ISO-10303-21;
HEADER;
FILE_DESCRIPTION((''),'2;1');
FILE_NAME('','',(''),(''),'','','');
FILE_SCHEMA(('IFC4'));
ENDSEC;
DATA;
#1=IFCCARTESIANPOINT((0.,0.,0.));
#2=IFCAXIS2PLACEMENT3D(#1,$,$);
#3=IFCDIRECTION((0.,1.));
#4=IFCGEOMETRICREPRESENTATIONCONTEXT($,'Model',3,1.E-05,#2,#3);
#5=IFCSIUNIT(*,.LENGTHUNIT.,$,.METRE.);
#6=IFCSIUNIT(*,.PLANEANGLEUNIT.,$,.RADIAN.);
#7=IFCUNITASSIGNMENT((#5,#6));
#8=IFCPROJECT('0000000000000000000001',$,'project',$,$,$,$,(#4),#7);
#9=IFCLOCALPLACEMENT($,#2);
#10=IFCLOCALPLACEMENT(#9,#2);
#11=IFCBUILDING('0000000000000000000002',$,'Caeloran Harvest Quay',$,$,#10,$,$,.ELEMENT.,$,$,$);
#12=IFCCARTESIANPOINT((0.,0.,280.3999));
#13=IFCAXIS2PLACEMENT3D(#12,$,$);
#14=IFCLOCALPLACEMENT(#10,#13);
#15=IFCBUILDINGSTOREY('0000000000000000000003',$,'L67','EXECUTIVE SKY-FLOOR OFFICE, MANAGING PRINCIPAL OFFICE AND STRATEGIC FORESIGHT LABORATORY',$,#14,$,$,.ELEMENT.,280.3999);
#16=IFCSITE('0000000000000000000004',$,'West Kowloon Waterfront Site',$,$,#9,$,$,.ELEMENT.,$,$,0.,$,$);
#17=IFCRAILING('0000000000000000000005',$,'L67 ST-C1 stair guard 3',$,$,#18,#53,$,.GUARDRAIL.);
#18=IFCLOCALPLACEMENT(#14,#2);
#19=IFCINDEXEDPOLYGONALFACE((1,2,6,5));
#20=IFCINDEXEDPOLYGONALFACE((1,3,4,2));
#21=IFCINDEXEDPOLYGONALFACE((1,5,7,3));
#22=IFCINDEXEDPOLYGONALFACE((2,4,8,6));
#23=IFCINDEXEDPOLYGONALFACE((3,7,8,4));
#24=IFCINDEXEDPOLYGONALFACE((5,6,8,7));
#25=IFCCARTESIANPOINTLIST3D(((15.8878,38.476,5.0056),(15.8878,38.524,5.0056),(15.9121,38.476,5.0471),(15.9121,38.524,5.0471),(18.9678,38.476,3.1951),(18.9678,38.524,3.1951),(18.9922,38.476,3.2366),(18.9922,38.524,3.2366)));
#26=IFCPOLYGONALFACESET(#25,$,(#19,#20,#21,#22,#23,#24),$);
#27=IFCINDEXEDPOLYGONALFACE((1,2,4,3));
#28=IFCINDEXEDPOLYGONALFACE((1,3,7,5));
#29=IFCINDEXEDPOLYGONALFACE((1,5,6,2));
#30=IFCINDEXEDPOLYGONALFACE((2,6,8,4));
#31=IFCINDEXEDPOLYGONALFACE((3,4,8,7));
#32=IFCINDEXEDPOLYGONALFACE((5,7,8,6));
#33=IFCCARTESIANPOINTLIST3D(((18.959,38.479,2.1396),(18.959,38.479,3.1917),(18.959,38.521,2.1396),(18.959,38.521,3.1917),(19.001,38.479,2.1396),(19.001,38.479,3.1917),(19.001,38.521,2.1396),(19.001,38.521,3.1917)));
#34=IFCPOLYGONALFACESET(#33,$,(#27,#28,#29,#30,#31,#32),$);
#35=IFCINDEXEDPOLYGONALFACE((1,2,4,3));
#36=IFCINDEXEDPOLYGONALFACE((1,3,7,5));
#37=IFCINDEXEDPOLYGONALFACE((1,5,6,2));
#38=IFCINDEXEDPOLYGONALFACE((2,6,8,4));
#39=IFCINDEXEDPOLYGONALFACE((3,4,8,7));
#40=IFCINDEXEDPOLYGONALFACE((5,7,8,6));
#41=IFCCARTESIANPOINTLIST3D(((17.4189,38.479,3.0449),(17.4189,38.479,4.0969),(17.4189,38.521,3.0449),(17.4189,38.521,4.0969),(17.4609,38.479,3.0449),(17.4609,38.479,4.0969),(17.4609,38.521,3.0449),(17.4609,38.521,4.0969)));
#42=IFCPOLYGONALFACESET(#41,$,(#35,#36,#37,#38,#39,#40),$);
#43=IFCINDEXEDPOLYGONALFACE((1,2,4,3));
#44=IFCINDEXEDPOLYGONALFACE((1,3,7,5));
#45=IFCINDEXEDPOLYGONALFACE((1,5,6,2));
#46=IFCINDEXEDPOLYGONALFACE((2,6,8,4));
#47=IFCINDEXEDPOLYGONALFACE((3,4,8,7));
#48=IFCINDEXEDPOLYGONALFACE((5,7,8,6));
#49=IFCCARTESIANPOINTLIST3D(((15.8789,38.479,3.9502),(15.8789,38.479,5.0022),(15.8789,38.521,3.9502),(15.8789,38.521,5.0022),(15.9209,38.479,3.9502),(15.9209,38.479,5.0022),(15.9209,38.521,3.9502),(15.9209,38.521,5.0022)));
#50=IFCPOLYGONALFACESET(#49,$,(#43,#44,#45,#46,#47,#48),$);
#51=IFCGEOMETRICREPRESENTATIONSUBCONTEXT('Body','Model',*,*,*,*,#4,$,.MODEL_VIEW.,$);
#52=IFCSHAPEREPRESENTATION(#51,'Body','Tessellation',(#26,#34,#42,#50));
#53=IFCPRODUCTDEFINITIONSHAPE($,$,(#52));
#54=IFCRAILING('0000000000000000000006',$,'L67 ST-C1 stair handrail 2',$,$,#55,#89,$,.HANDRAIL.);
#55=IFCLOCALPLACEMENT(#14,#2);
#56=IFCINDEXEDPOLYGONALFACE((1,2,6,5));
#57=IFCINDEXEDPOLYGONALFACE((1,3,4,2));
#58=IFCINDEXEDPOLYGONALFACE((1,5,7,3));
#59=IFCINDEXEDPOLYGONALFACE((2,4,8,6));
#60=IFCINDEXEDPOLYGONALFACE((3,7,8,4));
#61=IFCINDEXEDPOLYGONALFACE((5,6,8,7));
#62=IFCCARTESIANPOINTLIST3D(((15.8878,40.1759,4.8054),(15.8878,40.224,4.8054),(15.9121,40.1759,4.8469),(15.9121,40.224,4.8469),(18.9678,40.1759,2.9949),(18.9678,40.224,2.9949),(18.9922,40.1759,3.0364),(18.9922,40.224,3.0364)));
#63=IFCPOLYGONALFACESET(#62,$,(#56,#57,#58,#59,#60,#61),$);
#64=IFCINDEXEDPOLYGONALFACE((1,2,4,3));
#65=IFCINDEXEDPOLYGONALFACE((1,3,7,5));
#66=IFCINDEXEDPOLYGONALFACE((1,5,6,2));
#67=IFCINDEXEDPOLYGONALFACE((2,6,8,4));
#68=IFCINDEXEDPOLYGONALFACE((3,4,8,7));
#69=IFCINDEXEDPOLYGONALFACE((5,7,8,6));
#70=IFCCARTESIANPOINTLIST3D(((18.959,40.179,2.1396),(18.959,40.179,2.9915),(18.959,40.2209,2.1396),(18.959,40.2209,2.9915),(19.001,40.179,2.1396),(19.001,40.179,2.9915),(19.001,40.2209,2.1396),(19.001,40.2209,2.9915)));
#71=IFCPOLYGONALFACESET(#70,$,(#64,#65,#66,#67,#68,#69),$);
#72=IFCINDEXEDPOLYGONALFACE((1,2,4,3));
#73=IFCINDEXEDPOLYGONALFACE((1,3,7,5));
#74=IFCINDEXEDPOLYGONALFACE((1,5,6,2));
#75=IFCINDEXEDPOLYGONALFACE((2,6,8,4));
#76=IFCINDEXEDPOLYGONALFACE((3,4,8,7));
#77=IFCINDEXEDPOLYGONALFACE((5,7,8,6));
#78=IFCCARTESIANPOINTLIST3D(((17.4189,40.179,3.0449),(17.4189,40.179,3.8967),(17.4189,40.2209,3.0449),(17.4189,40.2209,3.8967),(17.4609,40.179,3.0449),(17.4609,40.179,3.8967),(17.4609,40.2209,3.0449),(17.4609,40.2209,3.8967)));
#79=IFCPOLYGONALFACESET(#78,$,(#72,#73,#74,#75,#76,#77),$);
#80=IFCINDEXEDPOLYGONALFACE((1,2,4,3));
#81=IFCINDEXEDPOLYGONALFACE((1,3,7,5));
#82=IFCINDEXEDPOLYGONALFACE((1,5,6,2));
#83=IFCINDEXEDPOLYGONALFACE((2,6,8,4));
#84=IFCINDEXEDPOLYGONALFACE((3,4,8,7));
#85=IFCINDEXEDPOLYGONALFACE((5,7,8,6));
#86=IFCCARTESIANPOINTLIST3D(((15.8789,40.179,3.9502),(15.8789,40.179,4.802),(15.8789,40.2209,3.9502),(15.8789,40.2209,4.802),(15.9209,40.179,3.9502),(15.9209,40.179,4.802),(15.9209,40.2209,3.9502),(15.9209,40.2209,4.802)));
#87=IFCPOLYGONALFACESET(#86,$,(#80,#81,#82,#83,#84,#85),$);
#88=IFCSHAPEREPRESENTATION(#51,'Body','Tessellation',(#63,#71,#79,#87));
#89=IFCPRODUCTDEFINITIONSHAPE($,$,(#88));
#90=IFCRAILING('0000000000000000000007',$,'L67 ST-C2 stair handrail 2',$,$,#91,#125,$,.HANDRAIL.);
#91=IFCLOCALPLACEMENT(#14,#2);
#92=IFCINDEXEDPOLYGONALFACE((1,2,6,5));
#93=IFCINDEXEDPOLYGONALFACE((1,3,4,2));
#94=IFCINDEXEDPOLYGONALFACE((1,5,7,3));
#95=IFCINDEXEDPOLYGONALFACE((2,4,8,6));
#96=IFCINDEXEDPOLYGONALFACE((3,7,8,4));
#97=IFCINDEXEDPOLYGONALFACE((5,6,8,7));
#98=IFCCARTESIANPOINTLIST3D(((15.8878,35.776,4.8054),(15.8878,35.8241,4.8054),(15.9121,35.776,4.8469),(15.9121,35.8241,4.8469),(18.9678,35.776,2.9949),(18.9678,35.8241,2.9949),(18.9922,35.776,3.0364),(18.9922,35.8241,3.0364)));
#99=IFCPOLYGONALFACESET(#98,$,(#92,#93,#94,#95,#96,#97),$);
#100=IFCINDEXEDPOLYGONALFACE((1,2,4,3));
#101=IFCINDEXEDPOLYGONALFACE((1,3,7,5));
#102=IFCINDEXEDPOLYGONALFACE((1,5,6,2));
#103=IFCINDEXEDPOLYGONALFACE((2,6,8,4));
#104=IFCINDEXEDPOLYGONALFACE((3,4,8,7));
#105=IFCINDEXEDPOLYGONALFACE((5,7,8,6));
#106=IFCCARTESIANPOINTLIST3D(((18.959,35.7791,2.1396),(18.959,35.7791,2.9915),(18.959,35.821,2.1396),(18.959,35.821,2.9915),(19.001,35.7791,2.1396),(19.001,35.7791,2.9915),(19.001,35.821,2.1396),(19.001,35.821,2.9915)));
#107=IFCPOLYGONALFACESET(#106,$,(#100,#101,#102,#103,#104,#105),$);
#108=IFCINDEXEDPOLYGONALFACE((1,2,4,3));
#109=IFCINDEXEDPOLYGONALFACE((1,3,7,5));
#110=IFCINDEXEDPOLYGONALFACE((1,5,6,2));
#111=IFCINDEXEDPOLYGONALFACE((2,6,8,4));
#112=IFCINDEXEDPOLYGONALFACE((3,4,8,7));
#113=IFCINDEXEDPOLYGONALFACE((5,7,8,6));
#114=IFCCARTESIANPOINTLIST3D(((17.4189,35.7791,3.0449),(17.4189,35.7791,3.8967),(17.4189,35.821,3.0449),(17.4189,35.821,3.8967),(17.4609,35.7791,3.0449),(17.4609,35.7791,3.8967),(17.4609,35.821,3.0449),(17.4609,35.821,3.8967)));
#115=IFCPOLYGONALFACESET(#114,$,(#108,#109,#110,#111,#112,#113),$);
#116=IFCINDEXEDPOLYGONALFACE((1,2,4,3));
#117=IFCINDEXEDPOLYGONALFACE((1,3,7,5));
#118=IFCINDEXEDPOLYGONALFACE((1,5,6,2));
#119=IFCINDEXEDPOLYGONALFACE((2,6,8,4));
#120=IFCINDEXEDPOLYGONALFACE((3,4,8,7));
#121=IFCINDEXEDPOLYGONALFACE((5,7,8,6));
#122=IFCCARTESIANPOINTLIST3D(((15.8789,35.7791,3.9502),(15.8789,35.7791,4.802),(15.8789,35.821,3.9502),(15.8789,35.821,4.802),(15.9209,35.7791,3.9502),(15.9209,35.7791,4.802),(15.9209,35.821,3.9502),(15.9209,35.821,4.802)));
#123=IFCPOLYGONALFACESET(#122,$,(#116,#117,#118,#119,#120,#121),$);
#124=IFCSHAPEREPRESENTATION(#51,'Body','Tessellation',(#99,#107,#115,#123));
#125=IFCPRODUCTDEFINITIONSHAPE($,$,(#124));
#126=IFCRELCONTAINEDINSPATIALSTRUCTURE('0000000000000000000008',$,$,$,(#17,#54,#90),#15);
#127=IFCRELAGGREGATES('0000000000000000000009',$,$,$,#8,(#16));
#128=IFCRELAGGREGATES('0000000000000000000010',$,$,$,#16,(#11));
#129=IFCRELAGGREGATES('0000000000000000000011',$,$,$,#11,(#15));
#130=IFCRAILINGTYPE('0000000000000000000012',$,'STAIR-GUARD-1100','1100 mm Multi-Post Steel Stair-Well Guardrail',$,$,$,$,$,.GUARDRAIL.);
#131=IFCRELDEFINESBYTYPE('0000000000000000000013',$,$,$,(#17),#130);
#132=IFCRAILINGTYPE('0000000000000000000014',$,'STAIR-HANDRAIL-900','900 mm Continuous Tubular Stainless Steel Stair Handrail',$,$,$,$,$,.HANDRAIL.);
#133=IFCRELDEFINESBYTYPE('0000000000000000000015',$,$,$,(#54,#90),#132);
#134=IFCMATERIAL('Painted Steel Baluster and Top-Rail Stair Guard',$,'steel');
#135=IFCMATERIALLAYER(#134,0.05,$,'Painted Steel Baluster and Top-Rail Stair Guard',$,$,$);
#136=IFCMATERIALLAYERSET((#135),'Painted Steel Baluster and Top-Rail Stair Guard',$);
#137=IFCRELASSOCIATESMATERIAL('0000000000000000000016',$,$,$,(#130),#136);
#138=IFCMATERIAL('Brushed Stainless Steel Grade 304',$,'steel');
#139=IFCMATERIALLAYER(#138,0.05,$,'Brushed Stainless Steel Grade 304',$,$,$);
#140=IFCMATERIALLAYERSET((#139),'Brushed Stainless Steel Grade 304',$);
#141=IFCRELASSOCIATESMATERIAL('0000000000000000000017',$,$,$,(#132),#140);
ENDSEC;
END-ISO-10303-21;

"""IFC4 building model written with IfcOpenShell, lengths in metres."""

from ifc_helpers import new_model, si_unit, direction, frame, origin, origin_2d, place, context, subcontext, project, spatial, rectangle, extrude, material, layer, layer_set, type_object, element, save


model = new_model("IFC4")

# Units and contexts
model_context = context("Model", 3, precision=1e-05, world=origin(), true_north=direction((0.0, 1.0)))
body_context = subcontext(model_context, "Body", "Model", "MODEL_VIEW")
ifc_project = project(units=[si_unit("LENGTHUNIT", "METRE"), si_unit("PLANEANGLEUNIT", "RADIAN")], contexts=[model_context])

# Site, building, storey
site_placement = place(None, origin())
site = spatial("IfcSite", under=ifc_project, at=site_placement, Name="West Kowloon Waterfront Site", CompositionType="ELEMENT", RefElevation=0.0)
building_placement = place(site_placement, origin())
building = spatial("IfcBuilding", under=site, at=building_placement, Name="Caeloran Harvest Quay", CompositionType="ELEMENT")
storey_placement = place(building_placement, frame((0.0, 0.0, 280.3999)))
storey = spatial("IfcBuildingStorey", under=building, at=storey_placement, Name="L67", Description="EXECUTIVE SKY-FLOOR OFFICE, MANAGING PRINCIPAL OFFICE AND STRATEGIC FORESIGHT LABORATORY", CompositionType="ELEMENT", Elevation=280.3999)

# Railings
ifc_material_1 = material(Name="Painted Steel Baluster and Top-Rail Stair Guard", Category="steel")
ifc_layer_1 = layer(ifc_material_1, 0.05, Name="Painted Steel Baluster and Top-Rail Stair Guard")
ifc_layer_set_1 = layer_set([ifc_layer_1], Name="Painted Steel Baluster and Top-Rail Stair Guard")
railing_type_1 = type_object("IfcRailingType", Name="STAIR-GUARD-1100", Description="1100 mm Multi-Post Steel Stair-Well Guardrail", PredefinedType="GUARDRAIL", material=ifc_layer_set_1)
railing_1_placement = place(storey_placement, frame((18.98, 38.5, 2.1396)))
element("IfcRailing", 1, at=railing_1_placement, inside=storey, type_object=railing_type_1, Name="L67 ST-C1 stair guard 3", PredefinedType="GUARDRAIL", context=body_context, shape_type="SweptSolid", body=[
    extrude(rectangle(XDim=0.0481, YDim=0.0481, at=origin_2d()), frame((0.0, 0.0, 1.0762), z_axis=(-0.862089, 0.0, 0.506757), x_axis=(0.0, -1.0, 0.0)), (0.0, 0.0, 1.0), 3.5728),
    extrude(rectangle(XDim=0.042, YDim=0.042, at=origin_2d()), origin(), (0.0, 0.0, 1.0), 1.052),
    extrude(rectangle(XDim=0.042, YDim=0.042, at=origin_2d()), frame((-1.54, 0.0, 0.9053)), (0.0, 0.0, 1.0), 1.052),
    extrude(rectangle(XDim=0.042, YDim=0.042, at=origin_2d()), frame((-3.0801, 0.0, 1.8105)), (0.0, 0.0, 1.0), 1.052),
])
ifc_material_2 = material(Name="Brushed Stainless Steel Grade 304", Category="steel")
ifc_layer_2 = layer(ifc_material_2, 0.05, Name="Brushed Stainless Steel Grade 304")
ifc_layer_set_2 = layer_set([ifc_layer_2], Name="Brushed Stainless Steel Grade 304")
railing_type_2 = type_object("IfcRailingType", Name="STAIR-HANDRAIL-900", Description="900 mm Continuous Tubular Stainless Steel Stair Handrail", PredefinedType="HANDRAIL", material=ifc_layer_set_2)
for number, where, name in (
    (2, (18.98, 40.2, 2.1396), "L67 ST-C1 stair handrail 2"),
    (3, (18.98, 35.8, 2.1396), "L67 ST-C2 stair handrail 2"),
):
    element("IfcRailing", number, at=place(storey_placement, frame(where)), inside=storey, type_object=railing_type_2, Name=name, PredefinedType="HANDRAIL", context=body_context, shape_type="SweptSolid", body=[
        extrude(rectangle(XDim=0.0481, YDim=0.0481, at=origin_2d()), frame((0.0, 0.0, 0.876), z_axis=(-0.862089, 0.0, 0.506757), x_axis=(0.0, -1.0, 0.0)), (0.0, 0.0, 1.0), 3.5728),
        extrude(rectangle(XDim=0.042, YDim=0.042, at=origin_2d()), origin(), (0.0, 0.0, 1.0), 0.8518),
        extrude(rectangle(XDim=0.042, YDim=0.042, at=origin_2d()), frame((-1.54, 0.0, 0.9053)), (0.0, 0.0, 1.0), 0.8518),
        extrude(rectangle(XDim=0.042, YDim=0.042, at=origin_2d()), frame((-3.0801, 0.0, 1.8105)), (0.0, 0.0, 1.0), 0.8518),
    ])

save(model, "model.ifc")
